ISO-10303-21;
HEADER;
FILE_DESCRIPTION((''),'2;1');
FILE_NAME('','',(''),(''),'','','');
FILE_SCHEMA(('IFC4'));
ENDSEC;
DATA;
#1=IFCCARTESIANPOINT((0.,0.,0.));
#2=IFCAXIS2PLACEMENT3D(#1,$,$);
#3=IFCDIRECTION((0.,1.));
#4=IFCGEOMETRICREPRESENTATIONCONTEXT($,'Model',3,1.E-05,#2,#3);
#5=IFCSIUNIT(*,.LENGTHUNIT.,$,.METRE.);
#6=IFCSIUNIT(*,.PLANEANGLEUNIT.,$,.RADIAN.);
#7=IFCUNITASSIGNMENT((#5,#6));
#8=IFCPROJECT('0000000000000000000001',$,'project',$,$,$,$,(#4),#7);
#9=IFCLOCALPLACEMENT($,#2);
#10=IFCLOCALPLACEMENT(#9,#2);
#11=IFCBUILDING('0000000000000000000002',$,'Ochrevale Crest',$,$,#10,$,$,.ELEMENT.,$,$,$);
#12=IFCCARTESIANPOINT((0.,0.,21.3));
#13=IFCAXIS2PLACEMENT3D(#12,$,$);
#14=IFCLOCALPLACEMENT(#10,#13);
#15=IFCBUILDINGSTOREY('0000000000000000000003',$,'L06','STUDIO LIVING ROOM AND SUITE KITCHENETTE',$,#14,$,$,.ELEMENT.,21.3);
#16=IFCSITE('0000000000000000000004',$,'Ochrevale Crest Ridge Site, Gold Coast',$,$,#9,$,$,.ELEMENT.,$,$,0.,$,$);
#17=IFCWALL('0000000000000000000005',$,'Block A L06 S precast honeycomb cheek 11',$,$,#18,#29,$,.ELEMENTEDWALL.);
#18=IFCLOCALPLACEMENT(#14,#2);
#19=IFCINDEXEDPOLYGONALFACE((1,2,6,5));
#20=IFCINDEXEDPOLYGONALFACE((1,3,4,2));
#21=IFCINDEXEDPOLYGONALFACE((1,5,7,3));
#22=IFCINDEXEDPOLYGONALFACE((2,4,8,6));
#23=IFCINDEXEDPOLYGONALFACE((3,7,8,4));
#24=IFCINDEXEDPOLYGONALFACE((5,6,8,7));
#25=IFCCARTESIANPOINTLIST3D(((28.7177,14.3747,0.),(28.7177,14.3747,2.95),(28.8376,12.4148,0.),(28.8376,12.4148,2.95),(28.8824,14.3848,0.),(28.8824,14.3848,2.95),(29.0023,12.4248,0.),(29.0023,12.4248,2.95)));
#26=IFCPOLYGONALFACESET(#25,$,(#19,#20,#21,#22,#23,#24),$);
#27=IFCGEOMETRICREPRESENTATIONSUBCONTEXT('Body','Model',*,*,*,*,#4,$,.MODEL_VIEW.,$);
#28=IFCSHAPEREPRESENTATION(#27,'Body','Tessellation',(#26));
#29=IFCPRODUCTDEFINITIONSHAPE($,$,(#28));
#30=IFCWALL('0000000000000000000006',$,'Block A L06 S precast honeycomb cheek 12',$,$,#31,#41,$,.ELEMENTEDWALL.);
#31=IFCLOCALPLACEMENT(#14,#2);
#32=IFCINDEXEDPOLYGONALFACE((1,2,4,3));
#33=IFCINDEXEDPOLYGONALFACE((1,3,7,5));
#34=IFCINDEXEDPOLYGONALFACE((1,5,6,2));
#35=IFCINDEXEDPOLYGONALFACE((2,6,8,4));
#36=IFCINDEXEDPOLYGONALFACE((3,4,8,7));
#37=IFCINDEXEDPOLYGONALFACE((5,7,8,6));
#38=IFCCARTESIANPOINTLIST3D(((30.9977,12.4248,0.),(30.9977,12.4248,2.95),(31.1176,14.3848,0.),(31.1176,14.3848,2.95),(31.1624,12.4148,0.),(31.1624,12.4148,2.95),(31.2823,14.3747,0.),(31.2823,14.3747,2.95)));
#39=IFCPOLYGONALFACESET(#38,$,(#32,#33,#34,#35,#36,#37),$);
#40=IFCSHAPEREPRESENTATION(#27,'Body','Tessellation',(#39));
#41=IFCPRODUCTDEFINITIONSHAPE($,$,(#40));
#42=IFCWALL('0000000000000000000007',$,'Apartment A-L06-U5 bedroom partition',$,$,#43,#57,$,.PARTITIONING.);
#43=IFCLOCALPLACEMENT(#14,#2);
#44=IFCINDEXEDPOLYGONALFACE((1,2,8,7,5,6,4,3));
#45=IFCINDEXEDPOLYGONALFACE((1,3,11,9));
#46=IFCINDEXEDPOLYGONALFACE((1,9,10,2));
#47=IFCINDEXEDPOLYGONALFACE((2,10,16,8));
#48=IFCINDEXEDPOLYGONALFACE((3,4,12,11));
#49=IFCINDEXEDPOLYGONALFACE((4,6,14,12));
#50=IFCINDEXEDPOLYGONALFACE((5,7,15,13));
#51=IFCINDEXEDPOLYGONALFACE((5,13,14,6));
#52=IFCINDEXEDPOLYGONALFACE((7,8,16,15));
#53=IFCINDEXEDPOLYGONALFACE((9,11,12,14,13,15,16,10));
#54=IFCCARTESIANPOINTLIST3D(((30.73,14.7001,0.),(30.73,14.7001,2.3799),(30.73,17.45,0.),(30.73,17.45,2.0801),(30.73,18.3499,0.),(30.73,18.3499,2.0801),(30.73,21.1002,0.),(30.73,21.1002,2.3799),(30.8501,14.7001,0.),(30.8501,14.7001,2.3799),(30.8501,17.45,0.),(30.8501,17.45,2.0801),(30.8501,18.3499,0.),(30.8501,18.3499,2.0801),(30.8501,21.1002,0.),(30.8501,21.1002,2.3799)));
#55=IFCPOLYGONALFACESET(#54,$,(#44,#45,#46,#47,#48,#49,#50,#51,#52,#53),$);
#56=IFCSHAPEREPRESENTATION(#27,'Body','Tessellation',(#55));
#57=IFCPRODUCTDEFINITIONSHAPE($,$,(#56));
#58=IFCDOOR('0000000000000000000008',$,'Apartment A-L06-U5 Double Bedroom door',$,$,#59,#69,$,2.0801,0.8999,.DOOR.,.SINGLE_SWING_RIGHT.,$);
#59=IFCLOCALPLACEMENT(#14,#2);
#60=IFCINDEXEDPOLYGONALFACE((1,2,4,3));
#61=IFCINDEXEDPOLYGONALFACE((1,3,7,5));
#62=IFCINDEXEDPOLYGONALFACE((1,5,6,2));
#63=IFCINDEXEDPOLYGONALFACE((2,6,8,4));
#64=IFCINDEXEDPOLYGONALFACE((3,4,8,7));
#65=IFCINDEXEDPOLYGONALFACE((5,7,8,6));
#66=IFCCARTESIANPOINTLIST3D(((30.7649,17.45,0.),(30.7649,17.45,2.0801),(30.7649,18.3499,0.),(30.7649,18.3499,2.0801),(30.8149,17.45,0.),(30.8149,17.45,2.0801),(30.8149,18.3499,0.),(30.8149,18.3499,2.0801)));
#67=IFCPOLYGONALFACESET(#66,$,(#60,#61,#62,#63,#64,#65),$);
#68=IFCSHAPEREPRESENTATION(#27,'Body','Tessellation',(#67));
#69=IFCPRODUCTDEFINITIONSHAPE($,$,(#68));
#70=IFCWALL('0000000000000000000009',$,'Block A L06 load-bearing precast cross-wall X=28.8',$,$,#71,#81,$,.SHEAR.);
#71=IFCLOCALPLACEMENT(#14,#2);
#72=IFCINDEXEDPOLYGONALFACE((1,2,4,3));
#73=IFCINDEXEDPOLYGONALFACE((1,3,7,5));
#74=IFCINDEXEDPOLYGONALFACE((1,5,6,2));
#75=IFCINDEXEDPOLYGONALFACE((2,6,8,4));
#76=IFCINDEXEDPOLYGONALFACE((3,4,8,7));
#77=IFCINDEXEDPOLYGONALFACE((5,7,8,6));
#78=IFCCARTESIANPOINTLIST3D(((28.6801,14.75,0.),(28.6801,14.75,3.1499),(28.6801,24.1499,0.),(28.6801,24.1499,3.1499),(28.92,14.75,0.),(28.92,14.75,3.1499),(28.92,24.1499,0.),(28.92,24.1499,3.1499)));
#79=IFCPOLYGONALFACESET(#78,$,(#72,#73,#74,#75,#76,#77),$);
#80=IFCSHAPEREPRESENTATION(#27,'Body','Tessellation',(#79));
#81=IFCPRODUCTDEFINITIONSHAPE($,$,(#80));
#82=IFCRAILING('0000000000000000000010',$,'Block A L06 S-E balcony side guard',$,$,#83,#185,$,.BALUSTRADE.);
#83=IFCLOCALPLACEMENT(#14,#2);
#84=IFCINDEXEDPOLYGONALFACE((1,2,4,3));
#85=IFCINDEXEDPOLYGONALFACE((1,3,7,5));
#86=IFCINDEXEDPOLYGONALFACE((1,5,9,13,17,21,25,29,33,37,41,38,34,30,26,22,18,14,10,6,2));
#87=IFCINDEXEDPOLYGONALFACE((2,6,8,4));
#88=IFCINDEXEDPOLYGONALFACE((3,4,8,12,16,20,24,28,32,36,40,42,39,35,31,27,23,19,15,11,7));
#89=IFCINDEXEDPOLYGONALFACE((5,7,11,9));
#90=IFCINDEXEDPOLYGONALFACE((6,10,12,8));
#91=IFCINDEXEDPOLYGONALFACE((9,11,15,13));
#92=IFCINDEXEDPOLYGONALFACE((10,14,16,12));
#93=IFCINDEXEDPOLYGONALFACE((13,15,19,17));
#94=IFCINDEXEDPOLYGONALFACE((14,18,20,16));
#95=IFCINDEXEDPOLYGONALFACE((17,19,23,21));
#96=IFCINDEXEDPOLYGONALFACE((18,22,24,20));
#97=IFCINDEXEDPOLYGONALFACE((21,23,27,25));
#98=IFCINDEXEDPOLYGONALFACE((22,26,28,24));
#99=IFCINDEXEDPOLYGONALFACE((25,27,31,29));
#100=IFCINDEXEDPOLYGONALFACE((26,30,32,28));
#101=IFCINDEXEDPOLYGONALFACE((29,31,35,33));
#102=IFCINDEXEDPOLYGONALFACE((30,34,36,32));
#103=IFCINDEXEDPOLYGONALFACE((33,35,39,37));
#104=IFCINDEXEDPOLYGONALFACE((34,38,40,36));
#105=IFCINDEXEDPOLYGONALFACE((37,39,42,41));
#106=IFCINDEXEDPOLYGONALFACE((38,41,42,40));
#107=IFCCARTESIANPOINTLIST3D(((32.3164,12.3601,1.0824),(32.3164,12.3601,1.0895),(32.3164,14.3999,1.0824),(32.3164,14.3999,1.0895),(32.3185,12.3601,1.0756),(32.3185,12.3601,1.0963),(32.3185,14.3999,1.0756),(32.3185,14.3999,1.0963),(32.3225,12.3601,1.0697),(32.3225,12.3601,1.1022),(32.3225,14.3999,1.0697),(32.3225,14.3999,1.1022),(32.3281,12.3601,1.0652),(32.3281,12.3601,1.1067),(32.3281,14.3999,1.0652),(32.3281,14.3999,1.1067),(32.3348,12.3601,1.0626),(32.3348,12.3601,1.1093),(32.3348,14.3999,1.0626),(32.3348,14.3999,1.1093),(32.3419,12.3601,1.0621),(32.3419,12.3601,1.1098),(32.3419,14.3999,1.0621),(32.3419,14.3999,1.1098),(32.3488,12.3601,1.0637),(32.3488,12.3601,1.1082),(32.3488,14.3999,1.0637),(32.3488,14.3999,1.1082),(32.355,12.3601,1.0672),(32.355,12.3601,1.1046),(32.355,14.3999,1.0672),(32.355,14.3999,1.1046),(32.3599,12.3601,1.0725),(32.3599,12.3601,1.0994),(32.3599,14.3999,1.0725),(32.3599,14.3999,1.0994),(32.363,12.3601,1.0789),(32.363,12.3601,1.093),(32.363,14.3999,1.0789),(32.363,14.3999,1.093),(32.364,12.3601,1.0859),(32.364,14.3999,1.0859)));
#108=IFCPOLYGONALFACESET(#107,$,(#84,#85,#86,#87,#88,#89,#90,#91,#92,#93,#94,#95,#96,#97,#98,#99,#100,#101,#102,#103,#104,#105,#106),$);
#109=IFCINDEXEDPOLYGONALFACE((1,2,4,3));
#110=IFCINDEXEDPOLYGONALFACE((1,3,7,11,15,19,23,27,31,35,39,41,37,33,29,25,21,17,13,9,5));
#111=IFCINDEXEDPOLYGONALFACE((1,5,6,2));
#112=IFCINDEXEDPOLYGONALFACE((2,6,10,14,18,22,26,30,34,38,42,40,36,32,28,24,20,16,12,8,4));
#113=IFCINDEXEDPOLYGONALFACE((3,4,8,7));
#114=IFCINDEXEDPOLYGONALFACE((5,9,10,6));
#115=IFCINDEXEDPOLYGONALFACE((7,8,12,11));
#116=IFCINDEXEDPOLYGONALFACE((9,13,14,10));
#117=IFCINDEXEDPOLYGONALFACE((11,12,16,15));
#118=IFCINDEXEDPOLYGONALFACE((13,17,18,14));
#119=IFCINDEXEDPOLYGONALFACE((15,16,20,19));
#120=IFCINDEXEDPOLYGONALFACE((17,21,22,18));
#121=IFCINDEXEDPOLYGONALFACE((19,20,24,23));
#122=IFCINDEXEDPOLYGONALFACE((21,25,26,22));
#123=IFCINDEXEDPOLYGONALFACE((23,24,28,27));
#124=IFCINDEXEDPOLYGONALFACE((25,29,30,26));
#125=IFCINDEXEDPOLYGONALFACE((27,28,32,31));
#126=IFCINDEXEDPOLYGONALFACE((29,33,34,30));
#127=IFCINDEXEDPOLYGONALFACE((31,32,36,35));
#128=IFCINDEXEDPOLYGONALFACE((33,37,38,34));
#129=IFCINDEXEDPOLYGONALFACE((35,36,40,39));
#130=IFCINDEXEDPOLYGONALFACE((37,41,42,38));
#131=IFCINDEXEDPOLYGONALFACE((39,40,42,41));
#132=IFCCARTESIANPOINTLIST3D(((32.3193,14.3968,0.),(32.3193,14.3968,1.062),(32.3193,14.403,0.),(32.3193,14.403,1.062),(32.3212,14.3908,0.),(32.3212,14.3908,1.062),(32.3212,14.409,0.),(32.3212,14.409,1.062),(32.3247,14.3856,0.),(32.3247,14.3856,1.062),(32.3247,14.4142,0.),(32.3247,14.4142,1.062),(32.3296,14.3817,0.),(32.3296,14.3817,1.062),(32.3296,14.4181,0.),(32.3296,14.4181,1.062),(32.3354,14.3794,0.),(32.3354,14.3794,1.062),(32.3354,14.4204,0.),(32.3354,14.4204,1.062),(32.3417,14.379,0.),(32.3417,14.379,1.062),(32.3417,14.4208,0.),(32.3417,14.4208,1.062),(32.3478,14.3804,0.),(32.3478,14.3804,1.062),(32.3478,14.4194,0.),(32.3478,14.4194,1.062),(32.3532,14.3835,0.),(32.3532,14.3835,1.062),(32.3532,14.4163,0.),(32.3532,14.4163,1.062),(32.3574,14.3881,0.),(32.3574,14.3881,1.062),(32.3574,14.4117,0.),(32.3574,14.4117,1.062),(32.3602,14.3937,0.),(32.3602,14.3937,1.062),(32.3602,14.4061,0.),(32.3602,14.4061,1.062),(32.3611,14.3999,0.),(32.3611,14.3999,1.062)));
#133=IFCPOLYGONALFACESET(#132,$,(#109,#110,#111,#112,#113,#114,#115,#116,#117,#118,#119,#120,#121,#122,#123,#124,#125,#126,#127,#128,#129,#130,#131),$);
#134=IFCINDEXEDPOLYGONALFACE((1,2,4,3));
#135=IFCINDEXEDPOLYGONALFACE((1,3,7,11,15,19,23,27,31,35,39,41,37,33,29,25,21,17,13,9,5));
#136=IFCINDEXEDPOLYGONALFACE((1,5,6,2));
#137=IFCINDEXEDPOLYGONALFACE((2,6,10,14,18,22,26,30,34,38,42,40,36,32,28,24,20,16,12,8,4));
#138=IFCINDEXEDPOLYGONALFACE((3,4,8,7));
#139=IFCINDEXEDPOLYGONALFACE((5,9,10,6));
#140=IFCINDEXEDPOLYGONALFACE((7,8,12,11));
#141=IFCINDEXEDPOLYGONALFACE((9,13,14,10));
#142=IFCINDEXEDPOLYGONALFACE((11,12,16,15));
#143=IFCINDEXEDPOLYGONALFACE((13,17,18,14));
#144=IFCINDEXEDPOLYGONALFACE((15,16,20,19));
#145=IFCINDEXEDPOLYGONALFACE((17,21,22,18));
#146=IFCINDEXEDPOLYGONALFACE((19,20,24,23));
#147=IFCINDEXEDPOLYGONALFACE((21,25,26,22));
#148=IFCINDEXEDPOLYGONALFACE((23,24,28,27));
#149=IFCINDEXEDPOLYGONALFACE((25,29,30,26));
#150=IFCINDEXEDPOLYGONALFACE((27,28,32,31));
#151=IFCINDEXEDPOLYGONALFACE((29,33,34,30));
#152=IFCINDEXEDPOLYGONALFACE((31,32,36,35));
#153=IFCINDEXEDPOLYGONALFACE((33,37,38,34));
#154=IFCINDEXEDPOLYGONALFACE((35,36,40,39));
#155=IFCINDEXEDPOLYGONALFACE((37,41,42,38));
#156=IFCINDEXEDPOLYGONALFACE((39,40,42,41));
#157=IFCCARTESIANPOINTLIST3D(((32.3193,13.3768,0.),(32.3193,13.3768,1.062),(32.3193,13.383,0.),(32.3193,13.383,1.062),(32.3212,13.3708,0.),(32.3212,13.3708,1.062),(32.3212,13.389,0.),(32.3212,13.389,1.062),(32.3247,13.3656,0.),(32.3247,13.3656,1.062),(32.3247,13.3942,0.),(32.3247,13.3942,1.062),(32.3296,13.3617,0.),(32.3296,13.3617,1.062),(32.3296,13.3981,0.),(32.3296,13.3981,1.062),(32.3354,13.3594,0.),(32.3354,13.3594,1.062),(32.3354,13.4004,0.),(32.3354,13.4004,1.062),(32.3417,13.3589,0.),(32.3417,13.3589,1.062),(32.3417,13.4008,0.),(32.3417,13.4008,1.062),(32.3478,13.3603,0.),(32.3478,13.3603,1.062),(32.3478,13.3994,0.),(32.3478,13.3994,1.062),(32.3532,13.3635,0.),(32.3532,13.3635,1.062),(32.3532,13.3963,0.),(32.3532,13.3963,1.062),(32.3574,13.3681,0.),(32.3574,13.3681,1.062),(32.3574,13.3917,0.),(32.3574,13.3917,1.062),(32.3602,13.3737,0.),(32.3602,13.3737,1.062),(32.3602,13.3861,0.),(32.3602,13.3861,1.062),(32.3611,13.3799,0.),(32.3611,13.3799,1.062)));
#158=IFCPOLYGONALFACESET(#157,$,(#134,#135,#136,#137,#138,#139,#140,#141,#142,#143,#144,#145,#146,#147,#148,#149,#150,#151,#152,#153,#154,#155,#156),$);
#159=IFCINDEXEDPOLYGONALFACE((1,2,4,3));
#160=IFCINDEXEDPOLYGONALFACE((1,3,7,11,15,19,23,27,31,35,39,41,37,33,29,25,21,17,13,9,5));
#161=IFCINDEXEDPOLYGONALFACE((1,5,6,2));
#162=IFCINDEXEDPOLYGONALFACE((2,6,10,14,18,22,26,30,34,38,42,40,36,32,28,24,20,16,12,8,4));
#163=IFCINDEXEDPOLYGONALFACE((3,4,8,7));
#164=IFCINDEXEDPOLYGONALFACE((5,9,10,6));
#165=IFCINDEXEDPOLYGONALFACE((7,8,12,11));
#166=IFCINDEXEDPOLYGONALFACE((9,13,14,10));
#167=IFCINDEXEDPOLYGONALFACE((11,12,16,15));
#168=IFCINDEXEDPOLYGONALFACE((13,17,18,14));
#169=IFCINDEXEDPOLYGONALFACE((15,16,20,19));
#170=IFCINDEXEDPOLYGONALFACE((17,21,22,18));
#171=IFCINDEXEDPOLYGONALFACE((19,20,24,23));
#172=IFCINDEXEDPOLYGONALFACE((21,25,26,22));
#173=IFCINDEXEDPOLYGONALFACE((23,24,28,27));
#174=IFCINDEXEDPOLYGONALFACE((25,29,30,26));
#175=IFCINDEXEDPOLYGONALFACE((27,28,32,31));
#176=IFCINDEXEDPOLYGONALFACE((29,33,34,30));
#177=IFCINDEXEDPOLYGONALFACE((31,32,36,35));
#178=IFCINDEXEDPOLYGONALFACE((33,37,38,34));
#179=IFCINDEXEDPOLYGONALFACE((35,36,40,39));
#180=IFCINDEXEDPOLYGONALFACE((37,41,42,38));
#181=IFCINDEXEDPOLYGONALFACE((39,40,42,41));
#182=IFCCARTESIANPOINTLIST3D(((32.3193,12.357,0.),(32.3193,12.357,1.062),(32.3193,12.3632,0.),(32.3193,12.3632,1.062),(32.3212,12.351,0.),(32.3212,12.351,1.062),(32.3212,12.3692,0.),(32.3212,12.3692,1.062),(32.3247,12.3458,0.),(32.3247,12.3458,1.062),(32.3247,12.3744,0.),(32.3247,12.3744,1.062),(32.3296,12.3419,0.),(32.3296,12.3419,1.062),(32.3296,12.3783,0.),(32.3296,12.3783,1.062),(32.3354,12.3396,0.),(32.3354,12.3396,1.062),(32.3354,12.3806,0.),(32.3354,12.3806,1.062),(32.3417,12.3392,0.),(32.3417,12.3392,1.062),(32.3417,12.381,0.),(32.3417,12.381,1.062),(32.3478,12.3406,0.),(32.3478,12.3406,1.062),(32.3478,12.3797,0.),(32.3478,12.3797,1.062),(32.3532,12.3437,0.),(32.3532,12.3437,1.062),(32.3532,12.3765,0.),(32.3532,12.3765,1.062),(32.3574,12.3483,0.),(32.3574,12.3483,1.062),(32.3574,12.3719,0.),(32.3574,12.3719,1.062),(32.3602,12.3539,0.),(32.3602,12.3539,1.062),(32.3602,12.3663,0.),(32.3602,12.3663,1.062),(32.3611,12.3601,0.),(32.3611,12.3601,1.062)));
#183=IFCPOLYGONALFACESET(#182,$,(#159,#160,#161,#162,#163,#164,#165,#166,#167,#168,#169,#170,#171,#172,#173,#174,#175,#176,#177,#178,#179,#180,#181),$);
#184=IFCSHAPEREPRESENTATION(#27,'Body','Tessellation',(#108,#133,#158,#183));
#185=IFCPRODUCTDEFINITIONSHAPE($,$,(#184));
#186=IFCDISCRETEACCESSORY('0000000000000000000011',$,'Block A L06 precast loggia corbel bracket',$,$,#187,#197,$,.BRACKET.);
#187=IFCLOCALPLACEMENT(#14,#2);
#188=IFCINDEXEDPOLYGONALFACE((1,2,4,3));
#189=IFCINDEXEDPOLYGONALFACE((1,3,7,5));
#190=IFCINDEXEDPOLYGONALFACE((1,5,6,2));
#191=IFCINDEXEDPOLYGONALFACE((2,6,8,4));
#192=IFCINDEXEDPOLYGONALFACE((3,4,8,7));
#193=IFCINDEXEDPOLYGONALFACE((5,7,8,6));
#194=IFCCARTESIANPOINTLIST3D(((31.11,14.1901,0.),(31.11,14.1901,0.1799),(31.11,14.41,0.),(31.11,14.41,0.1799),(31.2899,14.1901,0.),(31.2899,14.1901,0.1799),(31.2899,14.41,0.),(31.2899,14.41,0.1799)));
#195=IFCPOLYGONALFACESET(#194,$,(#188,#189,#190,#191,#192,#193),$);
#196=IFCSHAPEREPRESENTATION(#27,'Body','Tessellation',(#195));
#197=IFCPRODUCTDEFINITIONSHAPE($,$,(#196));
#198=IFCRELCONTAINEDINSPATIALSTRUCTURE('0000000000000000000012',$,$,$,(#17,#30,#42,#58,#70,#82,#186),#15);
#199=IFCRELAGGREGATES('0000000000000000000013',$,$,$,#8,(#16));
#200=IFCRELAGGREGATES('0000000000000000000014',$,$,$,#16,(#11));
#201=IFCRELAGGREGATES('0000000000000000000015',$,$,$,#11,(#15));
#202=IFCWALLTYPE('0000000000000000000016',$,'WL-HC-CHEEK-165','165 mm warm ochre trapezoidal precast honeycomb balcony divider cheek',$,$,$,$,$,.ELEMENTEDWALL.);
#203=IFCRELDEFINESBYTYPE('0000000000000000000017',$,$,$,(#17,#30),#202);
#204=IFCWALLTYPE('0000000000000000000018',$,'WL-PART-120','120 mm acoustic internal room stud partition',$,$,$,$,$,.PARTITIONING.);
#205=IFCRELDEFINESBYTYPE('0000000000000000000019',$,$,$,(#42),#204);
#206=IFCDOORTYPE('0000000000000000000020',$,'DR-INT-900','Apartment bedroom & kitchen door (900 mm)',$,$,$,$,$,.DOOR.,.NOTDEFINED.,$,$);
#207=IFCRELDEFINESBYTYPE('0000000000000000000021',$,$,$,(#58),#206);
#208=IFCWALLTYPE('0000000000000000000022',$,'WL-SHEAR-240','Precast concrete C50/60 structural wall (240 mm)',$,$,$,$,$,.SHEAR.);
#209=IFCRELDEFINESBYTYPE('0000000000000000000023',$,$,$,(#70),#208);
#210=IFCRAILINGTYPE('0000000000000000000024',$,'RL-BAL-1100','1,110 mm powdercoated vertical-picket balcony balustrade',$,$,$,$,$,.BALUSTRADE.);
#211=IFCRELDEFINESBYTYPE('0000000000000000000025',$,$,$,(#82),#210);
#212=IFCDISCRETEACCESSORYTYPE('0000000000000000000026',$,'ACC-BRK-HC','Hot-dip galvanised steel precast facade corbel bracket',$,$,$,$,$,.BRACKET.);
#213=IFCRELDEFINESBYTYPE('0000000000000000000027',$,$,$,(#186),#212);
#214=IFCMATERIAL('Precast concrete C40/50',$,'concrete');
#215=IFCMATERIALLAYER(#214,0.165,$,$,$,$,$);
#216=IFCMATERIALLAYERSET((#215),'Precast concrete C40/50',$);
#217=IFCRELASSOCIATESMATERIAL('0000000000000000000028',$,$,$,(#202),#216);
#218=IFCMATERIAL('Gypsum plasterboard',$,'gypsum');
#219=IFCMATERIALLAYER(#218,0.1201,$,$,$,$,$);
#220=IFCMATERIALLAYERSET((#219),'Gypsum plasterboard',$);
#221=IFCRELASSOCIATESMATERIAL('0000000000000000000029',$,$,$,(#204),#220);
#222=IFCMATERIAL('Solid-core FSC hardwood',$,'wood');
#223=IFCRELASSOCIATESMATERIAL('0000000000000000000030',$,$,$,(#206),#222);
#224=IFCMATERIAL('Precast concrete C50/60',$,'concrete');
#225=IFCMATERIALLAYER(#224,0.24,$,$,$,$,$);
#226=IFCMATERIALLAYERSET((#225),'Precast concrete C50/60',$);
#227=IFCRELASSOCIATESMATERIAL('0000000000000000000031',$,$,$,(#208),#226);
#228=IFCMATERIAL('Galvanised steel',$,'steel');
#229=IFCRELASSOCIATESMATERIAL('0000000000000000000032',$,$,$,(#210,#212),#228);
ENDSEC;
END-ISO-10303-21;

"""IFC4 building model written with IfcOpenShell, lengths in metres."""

from ifc_helpers import new_model, si_unit, direction, frame, frame_2d, origin, origin_2d, place, context, subcontext, project, spatial, rectangle, circle, extrude, material, layer, layer_set, type_object, element, fill, save


model = new_model("IFC4")

# Units and contexts
model_context = context("Model", 3, precision=1e-05, world=origin(), true_north=direction((0.0, 1.0)))
body_context = subcontext(model_context, "Body", "Model", "MODEL_VIEW")
ifc_project = project(units=[si_unit("LENGTHUNIT", "METRE"), si_unit("PLANEANGLEUNIT", "RADIAN")], contexts=[model_context])

# Site, building, storey
site_placement = place(None, origin())
site = spatial("IfcSite", under=ifc_project, at=site_placement, Name="Ochrevale Crest Ridge Site, Gold Coast", CompositionType="ELEMENT", RefElevation=0.0)
building_placement = place(site_placement, origin())
building = spatial("IfcBuilding", under=site, at=building_placement, Name="Ochrevale Crest", CompositionType="ELEMENT")
storey_placement = place(building_placement, frame((0.0, 0.0, 21.3)))
storey = spatial("IfcBuildingStorey", under=building, at=storey_placement, Name="L06", Description="STUDIO LIVING ROOM AND SUITE KITCHENETTE", CompositionType="ELEMENT", Elevation=21.3)

# Shared definitions
ifc_material_1 = material(Name="Precast concrete C50/60", Category="concrete")

# Shared definitions
ifc_material_2 = material(Name="Precast concrete C40/50", Category="concrete")

# Walls
ifc_layer_1 = layer(ifc_material_2, 0.165)
ifc_layer_set_1 = layer_set([ifc_layer_1], Name="Precast concrete C40/50")
wall_type_1 = type_object("IfcWallType", Name="WL-HC-CHEEK-165", Description="165 mm warm ochre trapezoidal precast honeycomb balcony divider cheek", PredefinedType="ELEMENTEDWALL", material=ifc_layer_set_1)
for number, where, z_axis, x_axis, name in (
    (1, (28.8, 14.3799, 0.0), (0.0, 0.0, 1.0), (0.061047, -0.998135, 0.0), "Block A L06 S precast honeycomb cheek 11"),
    (2, (31.2, 14.3799, 0.0), (0.0, 0.0, 1.0), (-0.061047, -0.998135, 0.0), "Block A L06 S precast honeycomb cheek 12"),
):
    element("IfcWall", number, at=place(storey_placement, frame(where, z_axis=z_axis, x_axis=x_axis)), inside=storey, type_object=wall_type_1, Name=name, PredefinedType="ELEMENTEDWALL", context=body_context, shape_type="SweptSolid", body=[
        extrude(rectangle(XDim=1.9636, YDim=0.165, at=frame_2d((0.9819, 0.0))), origin(), (0.0, 0.0, 1.0), 2.95),
    ])

# Wall, opening, door
ifc_material_3 = material(Name="Gypsum plasterboard", Category="gypsum")
ifc_layer_2 = layer(ifc_material_3, 0.1201)
ifc_layer_set_2 = layer_set([ifc_layer_2], Name="Gypsum plasterboard")
wall_type_2 = type_object("IfcWallType", Name="WL-PART-120", Description="120 mm acoustic internal room stud partition", PredefinedType="PARTITIONING", material=ifc_layer_set_2)
wall_1_placement = place(storey_placement, frame((30.79, 14.7, 0.0), z_axis=(0.0, 0.0, 1.0), x_axis=(0.0, 1.0, 0.0)))
wall_1 = element("IfcWall", 3, at=wall_1_placement, inside=storey, type_object=wall_type_2, Name="Apartment A-L06-U5 bedroom partition", PredefinedType="PARTITIONING", context=body_context, shape_type="SweptSolid", body=[
    extrude(rectangle(XDim=6.4001, YDim=0.1201, at=frame_2d((3.2002, 0.0))), origin(), (0.0, 0.0, 1.0), 2.3799),
])
opening_placement = place(wall_1_placement, frame((3.6499, 0.0, 0.0), z_axis=(0.0, 0.0, 1.0), x_axis=(-1.0, 0.0, 0.0)))
opening = element("IfcOpeningElement", 4, at=opening_placement, cuts=wall_1, PredefinedType="OPENING", context=body_context, shape_type="SweptSolid", body=[
    extrude(rectangle(XDim=0.8999, YDim=2.0801, at=frame_2d((0.45, 1.04))), frame((0.0, 0.0701, 0.0), z_axis=(0.0, -1.0, 0.0), x_axis=(1.0, 0.0, 0.0)), (0.0, 0.0, 1.0), 0.1401),
])
ifc_material_4 = material(Name="Solid-core FSC hardwood", Category="wood")
door_type = type_object("IfcDoorType", Name="DR-INT-900", Description="Apartment bedroom & kitchen door (900 mm)", OperationType="NOTDEFINED", PredefinedType="DOOR", material=ifc_material_4)
door_placement = place(opening_placement, origin())
door = element("IfcDoor", 5, at=door_placement, inside=storey, type_object=door_type, Name="Apartment A-L06-U5 Double Bedroom door", OperationType="SINGLE_SWING_RIGHT", OverallHeight=2.0801, OverallWidth=0.8999, PredefinedType="DOOR", context=body_context, shape_type="SweptSolid", body=[
    extrude(rectangle(XDim=0.8999, YDim=2.0801, at=frame_2d((0.45, 1.04))), frame((0.0, 0.0249, 0.0), z_axis=(0.0, -1.0, 0.0), x_axis=(1.0, 0.0, 0.0)), (0.0, 0.0, 1.0), 0.05),
])
fill(opening, door)

# Wall
ifc_layer_3 = layer(ifc_material_1, 0.24)
ifc_layer_set_3 = layer_set([ifc_layer_3], Name="Precast concrete C50/60")
wall_type_3 = type_object("IfcWallType", Name="WL-SHEAR-240", Description="Precast concrete C50/60 structural wall (240 mm)", PredefinedType="SHEAR", material=ifc_layer_set_3)
wall_2_placement = place(storey_placement, frame((28.8, 14.75, 0.0), z_axis=(0.0, 0.0, 1.0), x_axis=(0.0, 1.0, 0.0)))
element("IfcWall", 6, at=wall_2_placement, inside=storey, type_object=wall_type_3, Name="Block A L06 load-bearing precast cross-wall X=28.8", PredefinedType="SHEAR", context=body_context, shape_type="SweptSolid", body=[
    extrude(rectangle(XDim=9.3999, YDim=0.24, at=frame_2d((4.7, 0.0))), origin(), (0.0, 0.0, 1.0), 3.1499),
])

# Railing
ifc_material_5 = material(Name="Galvanised steel", Category="steel")
railing_type = type_object("IfcRailingType", Name="RL-BAL-1100", Description="1,110 mm powdercoated vertical-picket balcony balustrade", PredefinedType="BALUSTRADE", material=ifc_material_5)
railing_placement = place(storey_placement, frame((32.3401, 14.3999, 0.0)))
element("IfcRailing", 7, at=railing_placement, inside=storey, type_object=railing_type, Name="Block A L06 S-E balcony side guard", PredefinedType="BALUSTRADE", context=body_context, shape_type="SweptSolid", body=[
    extrude(circle(Radius=0.0239, at=origin_2d()), frame((0.0, 0.0, 1.0859), z_axis=(0.0, -1.0, 0.0), x_axis=(1.0, 0.0, 0.0)), (0.0, 0.0, 1.0), 2.0398),
    extrude(circle(Radius=0.021, at=origin_2d()), origin(), (0.0, 0.0, 1.0), 1.062),
    extrude(circle(Radius=0.021, at=origin_2d()), frame((0.0, -1.02, 0.0)), (0.0, 0.0, 1.0), 1.062),
    extrude(circle(Radius=0.021, at=origin_2d()), frame((0.0, -2.0398, 0.0)), (0.0, 0.0, 1.0), 1.062),
])

# Discrete accessory
discrete_accessory_type = type_object("IfcDiscreteAccessoryType", Name="ACC-BRK-HC", Description="Hot-dip galvanised steel precast facade corbel bracket", PredefinedType="BRACKET", material=ifc_material_5)
discrete_accessory_placement = place(storey_placement, frame((31.2, 14.3, 0.0), z_axis=(0.0, 0.0, 1.0), x_axis=(1.0, 0.0, 0.0)))
element("IfcDiscreteAccessory", 8, at=discrete_accessory_placement, inside=storey, type_object=discrete_accessory_type, Name="Block A L06 precast loggia corbel bracket", PredefinedType="BRACKET", context=body_context, shape_type="SweptSolid", body=[
    extrude(rectangle(XDim=0.1799, YDim=0.22, at=origin_2d()), origin(), (0.0, 0.0, 1.0), 0.1799),
])

save(model, "model.ifc")
